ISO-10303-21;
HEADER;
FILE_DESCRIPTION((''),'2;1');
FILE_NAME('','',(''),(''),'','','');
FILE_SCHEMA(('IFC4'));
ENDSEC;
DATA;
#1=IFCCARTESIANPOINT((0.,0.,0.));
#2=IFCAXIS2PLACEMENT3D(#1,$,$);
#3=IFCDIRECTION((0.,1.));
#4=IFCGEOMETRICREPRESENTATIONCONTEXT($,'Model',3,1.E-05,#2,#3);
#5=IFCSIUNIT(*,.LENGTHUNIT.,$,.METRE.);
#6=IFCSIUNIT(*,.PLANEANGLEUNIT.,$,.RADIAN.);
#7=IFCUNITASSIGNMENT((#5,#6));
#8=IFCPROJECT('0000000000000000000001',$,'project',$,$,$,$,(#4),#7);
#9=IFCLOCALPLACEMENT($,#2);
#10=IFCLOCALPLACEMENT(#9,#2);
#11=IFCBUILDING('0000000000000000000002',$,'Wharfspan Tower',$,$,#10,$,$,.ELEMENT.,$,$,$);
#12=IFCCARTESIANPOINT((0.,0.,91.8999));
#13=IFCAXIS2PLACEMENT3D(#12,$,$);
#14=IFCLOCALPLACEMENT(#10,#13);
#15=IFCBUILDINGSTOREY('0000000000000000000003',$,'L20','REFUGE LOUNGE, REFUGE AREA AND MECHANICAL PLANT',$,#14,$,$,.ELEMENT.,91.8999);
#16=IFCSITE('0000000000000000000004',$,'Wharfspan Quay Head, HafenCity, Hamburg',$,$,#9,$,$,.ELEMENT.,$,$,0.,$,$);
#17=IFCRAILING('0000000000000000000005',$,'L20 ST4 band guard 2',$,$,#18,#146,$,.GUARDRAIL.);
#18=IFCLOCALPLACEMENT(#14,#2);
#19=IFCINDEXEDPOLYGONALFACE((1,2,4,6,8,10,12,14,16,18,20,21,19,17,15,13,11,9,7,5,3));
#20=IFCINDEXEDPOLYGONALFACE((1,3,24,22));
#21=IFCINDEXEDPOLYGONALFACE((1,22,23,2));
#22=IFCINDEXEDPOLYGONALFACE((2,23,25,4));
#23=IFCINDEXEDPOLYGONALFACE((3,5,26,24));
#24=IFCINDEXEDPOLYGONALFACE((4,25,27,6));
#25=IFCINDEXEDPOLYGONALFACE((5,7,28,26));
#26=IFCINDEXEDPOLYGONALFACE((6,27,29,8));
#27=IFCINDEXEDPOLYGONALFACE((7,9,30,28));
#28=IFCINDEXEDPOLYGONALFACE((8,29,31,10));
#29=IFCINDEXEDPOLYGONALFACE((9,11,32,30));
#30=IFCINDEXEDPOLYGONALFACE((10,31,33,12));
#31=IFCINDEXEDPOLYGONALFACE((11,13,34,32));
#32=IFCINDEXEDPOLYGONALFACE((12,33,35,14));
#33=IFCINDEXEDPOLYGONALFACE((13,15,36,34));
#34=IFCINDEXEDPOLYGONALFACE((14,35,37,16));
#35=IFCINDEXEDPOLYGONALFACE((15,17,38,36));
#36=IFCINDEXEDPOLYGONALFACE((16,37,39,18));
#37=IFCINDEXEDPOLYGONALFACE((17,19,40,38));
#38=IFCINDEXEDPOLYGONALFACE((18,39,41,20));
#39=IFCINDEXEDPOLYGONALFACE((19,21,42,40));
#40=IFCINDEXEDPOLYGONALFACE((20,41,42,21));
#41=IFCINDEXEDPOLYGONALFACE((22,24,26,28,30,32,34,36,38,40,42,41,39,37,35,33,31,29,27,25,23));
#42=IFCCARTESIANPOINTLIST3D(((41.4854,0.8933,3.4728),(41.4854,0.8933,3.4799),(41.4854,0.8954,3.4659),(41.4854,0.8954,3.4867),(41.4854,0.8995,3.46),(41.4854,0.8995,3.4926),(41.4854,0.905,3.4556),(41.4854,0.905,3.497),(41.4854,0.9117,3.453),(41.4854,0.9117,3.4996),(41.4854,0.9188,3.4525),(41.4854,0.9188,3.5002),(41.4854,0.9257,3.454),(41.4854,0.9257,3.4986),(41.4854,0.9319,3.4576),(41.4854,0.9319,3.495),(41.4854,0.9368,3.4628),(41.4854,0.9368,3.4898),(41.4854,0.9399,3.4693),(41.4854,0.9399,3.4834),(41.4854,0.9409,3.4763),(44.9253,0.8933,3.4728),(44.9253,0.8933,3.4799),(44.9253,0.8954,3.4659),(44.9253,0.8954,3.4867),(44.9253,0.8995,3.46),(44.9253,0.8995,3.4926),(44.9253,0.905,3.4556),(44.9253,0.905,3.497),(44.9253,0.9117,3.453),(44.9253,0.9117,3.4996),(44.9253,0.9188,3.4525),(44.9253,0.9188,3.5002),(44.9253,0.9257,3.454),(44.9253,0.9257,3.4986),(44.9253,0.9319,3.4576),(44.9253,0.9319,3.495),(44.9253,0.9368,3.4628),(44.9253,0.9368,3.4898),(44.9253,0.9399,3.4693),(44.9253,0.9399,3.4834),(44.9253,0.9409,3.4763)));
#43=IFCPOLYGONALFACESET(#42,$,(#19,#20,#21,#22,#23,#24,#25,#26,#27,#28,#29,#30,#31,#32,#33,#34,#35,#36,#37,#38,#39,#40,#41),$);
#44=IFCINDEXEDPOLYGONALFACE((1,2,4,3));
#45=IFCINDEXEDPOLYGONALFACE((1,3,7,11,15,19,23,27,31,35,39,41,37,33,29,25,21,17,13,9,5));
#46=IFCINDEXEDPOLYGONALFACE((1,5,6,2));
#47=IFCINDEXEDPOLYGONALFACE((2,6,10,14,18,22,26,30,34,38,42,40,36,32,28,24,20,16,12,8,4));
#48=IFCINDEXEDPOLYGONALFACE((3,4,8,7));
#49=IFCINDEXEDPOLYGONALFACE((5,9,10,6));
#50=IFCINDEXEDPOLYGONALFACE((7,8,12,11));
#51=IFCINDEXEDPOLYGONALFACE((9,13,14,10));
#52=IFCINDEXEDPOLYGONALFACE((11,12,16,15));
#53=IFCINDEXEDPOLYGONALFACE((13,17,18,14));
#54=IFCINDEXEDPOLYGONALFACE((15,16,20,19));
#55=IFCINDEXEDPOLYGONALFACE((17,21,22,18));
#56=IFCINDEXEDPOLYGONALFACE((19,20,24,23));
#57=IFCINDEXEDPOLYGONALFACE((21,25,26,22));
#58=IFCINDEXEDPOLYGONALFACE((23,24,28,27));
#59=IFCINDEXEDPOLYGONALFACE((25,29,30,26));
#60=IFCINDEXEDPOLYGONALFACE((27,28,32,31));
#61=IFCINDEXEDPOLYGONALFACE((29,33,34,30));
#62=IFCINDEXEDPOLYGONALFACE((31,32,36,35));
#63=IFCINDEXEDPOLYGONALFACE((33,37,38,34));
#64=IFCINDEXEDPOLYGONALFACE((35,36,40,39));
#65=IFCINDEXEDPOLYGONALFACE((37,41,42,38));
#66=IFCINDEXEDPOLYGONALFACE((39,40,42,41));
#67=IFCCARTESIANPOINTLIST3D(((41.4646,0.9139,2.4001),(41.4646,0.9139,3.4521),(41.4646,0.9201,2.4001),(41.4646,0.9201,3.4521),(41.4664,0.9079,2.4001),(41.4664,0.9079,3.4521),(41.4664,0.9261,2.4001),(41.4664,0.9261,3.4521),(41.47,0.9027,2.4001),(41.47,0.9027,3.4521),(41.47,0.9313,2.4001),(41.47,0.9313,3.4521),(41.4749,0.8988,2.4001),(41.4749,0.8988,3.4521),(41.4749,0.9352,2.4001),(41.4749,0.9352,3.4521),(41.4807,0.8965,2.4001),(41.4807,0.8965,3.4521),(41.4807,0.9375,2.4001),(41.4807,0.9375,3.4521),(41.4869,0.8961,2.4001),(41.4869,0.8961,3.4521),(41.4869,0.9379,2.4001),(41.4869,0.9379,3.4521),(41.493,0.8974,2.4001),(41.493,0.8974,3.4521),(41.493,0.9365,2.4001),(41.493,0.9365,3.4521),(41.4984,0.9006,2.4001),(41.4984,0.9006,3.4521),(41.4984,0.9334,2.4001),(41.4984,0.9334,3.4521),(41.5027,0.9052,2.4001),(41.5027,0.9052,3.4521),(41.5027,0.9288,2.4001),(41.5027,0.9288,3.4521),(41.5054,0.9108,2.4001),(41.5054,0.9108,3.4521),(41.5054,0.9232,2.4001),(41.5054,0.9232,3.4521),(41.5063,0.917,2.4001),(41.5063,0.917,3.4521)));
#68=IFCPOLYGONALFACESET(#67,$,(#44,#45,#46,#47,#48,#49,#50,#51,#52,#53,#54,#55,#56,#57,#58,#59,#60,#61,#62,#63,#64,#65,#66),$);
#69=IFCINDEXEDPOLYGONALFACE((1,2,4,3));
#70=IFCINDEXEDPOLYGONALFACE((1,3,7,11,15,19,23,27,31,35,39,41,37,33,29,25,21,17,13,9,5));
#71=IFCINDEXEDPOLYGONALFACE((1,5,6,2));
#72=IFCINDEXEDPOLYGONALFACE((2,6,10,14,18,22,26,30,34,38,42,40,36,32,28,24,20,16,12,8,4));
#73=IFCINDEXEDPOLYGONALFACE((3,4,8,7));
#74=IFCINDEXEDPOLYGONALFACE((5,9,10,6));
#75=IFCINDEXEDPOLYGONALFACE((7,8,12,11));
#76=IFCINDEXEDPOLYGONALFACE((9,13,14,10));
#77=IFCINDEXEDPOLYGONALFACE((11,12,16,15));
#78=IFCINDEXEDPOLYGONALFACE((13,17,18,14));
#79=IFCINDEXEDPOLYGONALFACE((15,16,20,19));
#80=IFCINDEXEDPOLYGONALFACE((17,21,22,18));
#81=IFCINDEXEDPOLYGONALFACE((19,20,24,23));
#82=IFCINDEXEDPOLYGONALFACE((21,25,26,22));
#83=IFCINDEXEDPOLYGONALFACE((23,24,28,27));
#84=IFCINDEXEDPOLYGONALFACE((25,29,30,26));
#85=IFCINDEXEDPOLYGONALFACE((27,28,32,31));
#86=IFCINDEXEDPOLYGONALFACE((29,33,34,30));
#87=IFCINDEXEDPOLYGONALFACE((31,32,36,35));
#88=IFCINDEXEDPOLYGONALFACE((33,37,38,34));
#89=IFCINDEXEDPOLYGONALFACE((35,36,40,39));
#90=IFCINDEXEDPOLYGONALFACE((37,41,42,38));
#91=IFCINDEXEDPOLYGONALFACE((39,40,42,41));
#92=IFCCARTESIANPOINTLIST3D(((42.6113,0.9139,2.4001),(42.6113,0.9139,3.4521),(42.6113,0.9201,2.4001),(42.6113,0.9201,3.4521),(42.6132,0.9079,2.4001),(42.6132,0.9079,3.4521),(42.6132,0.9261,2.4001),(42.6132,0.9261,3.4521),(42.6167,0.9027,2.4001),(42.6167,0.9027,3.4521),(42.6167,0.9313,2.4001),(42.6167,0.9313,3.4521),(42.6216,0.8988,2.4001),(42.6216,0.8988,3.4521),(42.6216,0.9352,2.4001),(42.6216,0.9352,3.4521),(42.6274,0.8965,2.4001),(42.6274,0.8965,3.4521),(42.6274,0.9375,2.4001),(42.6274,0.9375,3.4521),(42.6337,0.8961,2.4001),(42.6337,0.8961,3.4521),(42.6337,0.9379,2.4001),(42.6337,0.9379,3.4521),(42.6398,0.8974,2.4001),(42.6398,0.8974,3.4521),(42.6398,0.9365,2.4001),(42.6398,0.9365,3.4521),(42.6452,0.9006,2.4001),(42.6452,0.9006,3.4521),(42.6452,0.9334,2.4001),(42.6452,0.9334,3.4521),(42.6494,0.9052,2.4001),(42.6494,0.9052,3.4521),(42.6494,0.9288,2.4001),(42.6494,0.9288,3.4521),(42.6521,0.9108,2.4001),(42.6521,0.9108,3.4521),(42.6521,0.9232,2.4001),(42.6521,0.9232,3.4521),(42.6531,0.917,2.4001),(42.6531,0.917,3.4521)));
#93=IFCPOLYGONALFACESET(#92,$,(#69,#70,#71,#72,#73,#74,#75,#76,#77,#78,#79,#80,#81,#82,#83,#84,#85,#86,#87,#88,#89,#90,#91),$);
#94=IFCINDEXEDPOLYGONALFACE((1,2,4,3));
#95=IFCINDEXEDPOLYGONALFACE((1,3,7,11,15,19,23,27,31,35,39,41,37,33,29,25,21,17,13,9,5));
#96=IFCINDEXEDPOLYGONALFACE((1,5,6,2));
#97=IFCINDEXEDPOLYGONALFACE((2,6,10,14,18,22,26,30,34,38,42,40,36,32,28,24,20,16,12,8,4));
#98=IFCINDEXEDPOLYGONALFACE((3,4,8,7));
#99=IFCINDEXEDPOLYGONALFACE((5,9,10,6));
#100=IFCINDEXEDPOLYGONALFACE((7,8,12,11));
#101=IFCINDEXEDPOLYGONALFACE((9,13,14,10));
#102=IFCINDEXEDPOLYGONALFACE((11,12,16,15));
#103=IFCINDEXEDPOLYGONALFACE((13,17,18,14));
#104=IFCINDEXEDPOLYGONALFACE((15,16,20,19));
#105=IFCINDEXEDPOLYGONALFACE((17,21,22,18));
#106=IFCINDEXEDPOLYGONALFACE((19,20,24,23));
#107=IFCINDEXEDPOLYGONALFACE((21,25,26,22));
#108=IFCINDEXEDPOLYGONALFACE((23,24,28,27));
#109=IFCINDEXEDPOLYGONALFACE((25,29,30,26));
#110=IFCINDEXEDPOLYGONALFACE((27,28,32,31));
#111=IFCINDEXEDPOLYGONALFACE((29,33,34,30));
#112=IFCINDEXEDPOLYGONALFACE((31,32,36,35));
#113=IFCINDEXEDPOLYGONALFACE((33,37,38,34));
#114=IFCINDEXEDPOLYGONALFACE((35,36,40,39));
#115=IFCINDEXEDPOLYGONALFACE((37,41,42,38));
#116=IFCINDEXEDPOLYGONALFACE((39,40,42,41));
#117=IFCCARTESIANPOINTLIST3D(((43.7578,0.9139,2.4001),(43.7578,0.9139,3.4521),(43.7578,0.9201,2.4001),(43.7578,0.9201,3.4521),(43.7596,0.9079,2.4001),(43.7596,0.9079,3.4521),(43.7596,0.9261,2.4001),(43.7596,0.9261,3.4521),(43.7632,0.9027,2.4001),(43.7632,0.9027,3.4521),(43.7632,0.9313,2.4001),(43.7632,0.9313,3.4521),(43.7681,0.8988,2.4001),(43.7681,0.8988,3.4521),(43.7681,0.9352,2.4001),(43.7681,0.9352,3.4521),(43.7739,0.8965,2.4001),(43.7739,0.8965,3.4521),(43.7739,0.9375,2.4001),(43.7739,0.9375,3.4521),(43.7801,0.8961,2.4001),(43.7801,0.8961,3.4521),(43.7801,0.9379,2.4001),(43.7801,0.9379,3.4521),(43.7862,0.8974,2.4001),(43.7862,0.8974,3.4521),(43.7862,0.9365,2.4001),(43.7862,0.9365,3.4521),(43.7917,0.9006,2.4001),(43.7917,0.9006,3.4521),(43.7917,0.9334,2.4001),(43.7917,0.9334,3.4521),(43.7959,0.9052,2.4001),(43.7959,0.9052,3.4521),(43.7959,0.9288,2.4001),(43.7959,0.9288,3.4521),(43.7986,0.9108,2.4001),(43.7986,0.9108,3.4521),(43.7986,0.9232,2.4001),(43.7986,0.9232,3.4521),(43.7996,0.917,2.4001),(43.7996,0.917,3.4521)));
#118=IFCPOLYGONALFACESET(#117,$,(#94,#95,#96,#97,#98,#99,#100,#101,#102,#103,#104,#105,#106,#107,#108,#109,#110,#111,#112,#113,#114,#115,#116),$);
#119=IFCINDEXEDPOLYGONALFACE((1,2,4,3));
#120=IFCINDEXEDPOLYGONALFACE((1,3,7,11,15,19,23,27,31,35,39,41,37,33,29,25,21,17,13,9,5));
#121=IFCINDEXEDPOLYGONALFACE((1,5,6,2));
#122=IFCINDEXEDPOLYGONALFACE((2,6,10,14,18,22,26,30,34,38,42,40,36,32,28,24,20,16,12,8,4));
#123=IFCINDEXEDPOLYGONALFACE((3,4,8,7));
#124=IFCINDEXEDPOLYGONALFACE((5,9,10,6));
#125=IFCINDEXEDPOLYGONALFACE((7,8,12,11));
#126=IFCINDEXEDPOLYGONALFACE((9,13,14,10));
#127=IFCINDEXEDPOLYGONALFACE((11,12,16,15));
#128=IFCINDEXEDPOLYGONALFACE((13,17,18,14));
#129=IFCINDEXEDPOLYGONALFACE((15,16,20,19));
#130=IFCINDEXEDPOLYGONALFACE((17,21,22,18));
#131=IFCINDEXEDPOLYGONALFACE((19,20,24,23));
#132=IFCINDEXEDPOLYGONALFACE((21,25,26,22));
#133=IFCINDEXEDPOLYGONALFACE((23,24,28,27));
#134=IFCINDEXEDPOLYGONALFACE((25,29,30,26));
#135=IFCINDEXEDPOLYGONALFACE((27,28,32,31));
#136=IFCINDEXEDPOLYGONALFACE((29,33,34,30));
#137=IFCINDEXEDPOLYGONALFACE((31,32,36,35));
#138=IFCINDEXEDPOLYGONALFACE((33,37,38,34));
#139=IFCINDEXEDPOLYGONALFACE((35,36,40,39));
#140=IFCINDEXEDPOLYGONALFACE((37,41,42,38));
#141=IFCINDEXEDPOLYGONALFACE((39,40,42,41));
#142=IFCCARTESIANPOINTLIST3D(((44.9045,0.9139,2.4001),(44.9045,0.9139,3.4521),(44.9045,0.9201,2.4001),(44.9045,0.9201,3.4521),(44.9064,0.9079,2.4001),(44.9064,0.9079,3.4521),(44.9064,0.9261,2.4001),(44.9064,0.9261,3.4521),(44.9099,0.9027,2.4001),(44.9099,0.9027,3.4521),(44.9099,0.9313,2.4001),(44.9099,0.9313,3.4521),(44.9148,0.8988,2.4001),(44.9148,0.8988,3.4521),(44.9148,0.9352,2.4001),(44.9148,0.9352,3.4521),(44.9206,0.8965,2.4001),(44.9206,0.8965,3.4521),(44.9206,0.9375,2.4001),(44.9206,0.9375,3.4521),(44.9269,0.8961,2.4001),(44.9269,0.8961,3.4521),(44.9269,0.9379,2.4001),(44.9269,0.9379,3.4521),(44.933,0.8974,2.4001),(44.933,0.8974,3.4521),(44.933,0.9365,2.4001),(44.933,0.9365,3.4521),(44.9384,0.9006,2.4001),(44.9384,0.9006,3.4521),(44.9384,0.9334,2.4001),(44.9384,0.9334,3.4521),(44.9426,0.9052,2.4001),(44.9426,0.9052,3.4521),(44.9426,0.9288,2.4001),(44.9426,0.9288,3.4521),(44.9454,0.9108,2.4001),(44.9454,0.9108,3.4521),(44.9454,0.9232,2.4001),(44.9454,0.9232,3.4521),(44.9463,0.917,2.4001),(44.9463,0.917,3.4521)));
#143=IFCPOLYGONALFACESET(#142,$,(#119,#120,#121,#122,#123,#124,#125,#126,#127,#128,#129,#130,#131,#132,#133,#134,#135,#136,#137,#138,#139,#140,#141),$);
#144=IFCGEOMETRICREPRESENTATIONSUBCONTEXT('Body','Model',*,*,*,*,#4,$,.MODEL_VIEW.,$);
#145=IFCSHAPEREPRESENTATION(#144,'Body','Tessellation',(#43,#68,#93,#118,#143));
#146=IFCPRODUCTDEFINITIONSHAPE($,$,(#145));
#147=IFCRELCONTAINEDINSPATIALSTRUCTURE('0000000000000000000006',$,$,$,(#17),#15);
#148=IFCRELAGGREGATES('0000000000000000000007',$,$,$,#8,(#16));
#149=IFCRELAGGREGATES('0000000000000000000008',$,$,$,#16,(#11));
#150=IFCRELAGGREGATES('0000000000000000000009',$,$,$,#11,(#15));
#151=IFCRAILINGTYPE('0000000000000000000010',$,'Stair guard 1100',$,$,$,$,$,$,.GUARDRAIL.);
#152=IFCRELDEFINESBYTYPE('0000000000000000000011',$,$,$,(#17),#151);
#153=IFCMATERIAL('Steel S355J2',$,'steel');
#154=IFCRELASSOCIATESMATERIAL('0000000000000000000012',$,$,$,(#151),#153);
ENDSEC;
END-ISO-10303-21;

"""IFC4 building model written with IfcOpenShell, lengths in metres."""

from ifc_helpers import new_model, si_unit, direction, frame, origin, origin_2d, place, context, subcontext, project, spatial, circle, extrude, material, type_object, element, save


model = new_model("IFC4")

# Units and contexts
model_context = context("Model", 3, precision=1e-05, world=origin(), true_north=direction((0.0, 1.0)))
body_context = subcontext(model_context, "Body", "Model", "MODEL_VIEW")
ifc_project = project(units=[si_unit("LENGTHUNIT", "METRE"), si_unit("PLANEANGLEUNIT", "RADIAN")], contexts=[model_context])

# Site, building, storey
site_placement = place(None, origin())
site = spatial("IfcSite", under=ifc_project, at=site_placement, Name="Wharfspan Quay Head, HafenCity, Hamburg", CompositionType="ELEMENT", RefElevation=0.0)
building_placement = place(site_placement, origin())
building = spatial("IfcBuilding", under=site, at=building_placement, Name="Wharfspan Tower", CompositionType="ELEMENT")
storey_placement = place(building_placement, frame((0.0, 0.0, 91.8999)))
storey = spatial("IfcBuildingStorey", under=building, at=storey_placement, Name="L20", Description="REFUGE LOUNGE, REFUGE AREA AND MECHANICAL PLANT", CompositionType="ELEMENT", Elevation=91.8999)

# Railing
ifc_material_1 = material(Name="Steel S355J2", Category="steel")
railing_type_1 = type_object("IfcRailingType", Name="Stair guard 1100", PredefinedType="GUARDRAIL", material=ifc_material_1)
railing_1_placement = place(storey_placement, frame((41.4854, 0.917, 2.4001)))
element("IfcRailing", 1, at=railing_1_placement, inside=storey, type_object=railing_type_1, Name="L20 ST4 band guard 2", PredefinedType="GUARDRAIL", context=body_context, shape_type="SweptSolid", body=[
    extrude(circle(Radius=0.0239, at=origin_2d()), frame((0.0, 0.0, 1.0762), z_axis=(1.0, 0.0, 0.0), x_axis=(0.0, 1.0, 0.0)), (0.0, 0.0, 1.0), 3.4399),
    extrude(circle(Radius=0.021, at=origin_2d()), origin(), (0.0, 0.0, 1.0), 1.052),
    extrude(circle(Radius=0.021, at=origin_2d()), frame((1.1467, 0.0, 0.0)), (0.0, 0.0, 1.0), 1.052),
    extrude(circle(Radius=0.021, at=origin_2d()), frame((2.2932, 0.0, 0.0)), (0.0, 0.0, 1.0), 1.052),
    extrude(circle(Radius=0.021, at=origin_2d()), frame((3.4399, 0.0, 0.0)), (0.0, 0.0, 1.0), 1.052),
])

save(model, "model.ifc")
